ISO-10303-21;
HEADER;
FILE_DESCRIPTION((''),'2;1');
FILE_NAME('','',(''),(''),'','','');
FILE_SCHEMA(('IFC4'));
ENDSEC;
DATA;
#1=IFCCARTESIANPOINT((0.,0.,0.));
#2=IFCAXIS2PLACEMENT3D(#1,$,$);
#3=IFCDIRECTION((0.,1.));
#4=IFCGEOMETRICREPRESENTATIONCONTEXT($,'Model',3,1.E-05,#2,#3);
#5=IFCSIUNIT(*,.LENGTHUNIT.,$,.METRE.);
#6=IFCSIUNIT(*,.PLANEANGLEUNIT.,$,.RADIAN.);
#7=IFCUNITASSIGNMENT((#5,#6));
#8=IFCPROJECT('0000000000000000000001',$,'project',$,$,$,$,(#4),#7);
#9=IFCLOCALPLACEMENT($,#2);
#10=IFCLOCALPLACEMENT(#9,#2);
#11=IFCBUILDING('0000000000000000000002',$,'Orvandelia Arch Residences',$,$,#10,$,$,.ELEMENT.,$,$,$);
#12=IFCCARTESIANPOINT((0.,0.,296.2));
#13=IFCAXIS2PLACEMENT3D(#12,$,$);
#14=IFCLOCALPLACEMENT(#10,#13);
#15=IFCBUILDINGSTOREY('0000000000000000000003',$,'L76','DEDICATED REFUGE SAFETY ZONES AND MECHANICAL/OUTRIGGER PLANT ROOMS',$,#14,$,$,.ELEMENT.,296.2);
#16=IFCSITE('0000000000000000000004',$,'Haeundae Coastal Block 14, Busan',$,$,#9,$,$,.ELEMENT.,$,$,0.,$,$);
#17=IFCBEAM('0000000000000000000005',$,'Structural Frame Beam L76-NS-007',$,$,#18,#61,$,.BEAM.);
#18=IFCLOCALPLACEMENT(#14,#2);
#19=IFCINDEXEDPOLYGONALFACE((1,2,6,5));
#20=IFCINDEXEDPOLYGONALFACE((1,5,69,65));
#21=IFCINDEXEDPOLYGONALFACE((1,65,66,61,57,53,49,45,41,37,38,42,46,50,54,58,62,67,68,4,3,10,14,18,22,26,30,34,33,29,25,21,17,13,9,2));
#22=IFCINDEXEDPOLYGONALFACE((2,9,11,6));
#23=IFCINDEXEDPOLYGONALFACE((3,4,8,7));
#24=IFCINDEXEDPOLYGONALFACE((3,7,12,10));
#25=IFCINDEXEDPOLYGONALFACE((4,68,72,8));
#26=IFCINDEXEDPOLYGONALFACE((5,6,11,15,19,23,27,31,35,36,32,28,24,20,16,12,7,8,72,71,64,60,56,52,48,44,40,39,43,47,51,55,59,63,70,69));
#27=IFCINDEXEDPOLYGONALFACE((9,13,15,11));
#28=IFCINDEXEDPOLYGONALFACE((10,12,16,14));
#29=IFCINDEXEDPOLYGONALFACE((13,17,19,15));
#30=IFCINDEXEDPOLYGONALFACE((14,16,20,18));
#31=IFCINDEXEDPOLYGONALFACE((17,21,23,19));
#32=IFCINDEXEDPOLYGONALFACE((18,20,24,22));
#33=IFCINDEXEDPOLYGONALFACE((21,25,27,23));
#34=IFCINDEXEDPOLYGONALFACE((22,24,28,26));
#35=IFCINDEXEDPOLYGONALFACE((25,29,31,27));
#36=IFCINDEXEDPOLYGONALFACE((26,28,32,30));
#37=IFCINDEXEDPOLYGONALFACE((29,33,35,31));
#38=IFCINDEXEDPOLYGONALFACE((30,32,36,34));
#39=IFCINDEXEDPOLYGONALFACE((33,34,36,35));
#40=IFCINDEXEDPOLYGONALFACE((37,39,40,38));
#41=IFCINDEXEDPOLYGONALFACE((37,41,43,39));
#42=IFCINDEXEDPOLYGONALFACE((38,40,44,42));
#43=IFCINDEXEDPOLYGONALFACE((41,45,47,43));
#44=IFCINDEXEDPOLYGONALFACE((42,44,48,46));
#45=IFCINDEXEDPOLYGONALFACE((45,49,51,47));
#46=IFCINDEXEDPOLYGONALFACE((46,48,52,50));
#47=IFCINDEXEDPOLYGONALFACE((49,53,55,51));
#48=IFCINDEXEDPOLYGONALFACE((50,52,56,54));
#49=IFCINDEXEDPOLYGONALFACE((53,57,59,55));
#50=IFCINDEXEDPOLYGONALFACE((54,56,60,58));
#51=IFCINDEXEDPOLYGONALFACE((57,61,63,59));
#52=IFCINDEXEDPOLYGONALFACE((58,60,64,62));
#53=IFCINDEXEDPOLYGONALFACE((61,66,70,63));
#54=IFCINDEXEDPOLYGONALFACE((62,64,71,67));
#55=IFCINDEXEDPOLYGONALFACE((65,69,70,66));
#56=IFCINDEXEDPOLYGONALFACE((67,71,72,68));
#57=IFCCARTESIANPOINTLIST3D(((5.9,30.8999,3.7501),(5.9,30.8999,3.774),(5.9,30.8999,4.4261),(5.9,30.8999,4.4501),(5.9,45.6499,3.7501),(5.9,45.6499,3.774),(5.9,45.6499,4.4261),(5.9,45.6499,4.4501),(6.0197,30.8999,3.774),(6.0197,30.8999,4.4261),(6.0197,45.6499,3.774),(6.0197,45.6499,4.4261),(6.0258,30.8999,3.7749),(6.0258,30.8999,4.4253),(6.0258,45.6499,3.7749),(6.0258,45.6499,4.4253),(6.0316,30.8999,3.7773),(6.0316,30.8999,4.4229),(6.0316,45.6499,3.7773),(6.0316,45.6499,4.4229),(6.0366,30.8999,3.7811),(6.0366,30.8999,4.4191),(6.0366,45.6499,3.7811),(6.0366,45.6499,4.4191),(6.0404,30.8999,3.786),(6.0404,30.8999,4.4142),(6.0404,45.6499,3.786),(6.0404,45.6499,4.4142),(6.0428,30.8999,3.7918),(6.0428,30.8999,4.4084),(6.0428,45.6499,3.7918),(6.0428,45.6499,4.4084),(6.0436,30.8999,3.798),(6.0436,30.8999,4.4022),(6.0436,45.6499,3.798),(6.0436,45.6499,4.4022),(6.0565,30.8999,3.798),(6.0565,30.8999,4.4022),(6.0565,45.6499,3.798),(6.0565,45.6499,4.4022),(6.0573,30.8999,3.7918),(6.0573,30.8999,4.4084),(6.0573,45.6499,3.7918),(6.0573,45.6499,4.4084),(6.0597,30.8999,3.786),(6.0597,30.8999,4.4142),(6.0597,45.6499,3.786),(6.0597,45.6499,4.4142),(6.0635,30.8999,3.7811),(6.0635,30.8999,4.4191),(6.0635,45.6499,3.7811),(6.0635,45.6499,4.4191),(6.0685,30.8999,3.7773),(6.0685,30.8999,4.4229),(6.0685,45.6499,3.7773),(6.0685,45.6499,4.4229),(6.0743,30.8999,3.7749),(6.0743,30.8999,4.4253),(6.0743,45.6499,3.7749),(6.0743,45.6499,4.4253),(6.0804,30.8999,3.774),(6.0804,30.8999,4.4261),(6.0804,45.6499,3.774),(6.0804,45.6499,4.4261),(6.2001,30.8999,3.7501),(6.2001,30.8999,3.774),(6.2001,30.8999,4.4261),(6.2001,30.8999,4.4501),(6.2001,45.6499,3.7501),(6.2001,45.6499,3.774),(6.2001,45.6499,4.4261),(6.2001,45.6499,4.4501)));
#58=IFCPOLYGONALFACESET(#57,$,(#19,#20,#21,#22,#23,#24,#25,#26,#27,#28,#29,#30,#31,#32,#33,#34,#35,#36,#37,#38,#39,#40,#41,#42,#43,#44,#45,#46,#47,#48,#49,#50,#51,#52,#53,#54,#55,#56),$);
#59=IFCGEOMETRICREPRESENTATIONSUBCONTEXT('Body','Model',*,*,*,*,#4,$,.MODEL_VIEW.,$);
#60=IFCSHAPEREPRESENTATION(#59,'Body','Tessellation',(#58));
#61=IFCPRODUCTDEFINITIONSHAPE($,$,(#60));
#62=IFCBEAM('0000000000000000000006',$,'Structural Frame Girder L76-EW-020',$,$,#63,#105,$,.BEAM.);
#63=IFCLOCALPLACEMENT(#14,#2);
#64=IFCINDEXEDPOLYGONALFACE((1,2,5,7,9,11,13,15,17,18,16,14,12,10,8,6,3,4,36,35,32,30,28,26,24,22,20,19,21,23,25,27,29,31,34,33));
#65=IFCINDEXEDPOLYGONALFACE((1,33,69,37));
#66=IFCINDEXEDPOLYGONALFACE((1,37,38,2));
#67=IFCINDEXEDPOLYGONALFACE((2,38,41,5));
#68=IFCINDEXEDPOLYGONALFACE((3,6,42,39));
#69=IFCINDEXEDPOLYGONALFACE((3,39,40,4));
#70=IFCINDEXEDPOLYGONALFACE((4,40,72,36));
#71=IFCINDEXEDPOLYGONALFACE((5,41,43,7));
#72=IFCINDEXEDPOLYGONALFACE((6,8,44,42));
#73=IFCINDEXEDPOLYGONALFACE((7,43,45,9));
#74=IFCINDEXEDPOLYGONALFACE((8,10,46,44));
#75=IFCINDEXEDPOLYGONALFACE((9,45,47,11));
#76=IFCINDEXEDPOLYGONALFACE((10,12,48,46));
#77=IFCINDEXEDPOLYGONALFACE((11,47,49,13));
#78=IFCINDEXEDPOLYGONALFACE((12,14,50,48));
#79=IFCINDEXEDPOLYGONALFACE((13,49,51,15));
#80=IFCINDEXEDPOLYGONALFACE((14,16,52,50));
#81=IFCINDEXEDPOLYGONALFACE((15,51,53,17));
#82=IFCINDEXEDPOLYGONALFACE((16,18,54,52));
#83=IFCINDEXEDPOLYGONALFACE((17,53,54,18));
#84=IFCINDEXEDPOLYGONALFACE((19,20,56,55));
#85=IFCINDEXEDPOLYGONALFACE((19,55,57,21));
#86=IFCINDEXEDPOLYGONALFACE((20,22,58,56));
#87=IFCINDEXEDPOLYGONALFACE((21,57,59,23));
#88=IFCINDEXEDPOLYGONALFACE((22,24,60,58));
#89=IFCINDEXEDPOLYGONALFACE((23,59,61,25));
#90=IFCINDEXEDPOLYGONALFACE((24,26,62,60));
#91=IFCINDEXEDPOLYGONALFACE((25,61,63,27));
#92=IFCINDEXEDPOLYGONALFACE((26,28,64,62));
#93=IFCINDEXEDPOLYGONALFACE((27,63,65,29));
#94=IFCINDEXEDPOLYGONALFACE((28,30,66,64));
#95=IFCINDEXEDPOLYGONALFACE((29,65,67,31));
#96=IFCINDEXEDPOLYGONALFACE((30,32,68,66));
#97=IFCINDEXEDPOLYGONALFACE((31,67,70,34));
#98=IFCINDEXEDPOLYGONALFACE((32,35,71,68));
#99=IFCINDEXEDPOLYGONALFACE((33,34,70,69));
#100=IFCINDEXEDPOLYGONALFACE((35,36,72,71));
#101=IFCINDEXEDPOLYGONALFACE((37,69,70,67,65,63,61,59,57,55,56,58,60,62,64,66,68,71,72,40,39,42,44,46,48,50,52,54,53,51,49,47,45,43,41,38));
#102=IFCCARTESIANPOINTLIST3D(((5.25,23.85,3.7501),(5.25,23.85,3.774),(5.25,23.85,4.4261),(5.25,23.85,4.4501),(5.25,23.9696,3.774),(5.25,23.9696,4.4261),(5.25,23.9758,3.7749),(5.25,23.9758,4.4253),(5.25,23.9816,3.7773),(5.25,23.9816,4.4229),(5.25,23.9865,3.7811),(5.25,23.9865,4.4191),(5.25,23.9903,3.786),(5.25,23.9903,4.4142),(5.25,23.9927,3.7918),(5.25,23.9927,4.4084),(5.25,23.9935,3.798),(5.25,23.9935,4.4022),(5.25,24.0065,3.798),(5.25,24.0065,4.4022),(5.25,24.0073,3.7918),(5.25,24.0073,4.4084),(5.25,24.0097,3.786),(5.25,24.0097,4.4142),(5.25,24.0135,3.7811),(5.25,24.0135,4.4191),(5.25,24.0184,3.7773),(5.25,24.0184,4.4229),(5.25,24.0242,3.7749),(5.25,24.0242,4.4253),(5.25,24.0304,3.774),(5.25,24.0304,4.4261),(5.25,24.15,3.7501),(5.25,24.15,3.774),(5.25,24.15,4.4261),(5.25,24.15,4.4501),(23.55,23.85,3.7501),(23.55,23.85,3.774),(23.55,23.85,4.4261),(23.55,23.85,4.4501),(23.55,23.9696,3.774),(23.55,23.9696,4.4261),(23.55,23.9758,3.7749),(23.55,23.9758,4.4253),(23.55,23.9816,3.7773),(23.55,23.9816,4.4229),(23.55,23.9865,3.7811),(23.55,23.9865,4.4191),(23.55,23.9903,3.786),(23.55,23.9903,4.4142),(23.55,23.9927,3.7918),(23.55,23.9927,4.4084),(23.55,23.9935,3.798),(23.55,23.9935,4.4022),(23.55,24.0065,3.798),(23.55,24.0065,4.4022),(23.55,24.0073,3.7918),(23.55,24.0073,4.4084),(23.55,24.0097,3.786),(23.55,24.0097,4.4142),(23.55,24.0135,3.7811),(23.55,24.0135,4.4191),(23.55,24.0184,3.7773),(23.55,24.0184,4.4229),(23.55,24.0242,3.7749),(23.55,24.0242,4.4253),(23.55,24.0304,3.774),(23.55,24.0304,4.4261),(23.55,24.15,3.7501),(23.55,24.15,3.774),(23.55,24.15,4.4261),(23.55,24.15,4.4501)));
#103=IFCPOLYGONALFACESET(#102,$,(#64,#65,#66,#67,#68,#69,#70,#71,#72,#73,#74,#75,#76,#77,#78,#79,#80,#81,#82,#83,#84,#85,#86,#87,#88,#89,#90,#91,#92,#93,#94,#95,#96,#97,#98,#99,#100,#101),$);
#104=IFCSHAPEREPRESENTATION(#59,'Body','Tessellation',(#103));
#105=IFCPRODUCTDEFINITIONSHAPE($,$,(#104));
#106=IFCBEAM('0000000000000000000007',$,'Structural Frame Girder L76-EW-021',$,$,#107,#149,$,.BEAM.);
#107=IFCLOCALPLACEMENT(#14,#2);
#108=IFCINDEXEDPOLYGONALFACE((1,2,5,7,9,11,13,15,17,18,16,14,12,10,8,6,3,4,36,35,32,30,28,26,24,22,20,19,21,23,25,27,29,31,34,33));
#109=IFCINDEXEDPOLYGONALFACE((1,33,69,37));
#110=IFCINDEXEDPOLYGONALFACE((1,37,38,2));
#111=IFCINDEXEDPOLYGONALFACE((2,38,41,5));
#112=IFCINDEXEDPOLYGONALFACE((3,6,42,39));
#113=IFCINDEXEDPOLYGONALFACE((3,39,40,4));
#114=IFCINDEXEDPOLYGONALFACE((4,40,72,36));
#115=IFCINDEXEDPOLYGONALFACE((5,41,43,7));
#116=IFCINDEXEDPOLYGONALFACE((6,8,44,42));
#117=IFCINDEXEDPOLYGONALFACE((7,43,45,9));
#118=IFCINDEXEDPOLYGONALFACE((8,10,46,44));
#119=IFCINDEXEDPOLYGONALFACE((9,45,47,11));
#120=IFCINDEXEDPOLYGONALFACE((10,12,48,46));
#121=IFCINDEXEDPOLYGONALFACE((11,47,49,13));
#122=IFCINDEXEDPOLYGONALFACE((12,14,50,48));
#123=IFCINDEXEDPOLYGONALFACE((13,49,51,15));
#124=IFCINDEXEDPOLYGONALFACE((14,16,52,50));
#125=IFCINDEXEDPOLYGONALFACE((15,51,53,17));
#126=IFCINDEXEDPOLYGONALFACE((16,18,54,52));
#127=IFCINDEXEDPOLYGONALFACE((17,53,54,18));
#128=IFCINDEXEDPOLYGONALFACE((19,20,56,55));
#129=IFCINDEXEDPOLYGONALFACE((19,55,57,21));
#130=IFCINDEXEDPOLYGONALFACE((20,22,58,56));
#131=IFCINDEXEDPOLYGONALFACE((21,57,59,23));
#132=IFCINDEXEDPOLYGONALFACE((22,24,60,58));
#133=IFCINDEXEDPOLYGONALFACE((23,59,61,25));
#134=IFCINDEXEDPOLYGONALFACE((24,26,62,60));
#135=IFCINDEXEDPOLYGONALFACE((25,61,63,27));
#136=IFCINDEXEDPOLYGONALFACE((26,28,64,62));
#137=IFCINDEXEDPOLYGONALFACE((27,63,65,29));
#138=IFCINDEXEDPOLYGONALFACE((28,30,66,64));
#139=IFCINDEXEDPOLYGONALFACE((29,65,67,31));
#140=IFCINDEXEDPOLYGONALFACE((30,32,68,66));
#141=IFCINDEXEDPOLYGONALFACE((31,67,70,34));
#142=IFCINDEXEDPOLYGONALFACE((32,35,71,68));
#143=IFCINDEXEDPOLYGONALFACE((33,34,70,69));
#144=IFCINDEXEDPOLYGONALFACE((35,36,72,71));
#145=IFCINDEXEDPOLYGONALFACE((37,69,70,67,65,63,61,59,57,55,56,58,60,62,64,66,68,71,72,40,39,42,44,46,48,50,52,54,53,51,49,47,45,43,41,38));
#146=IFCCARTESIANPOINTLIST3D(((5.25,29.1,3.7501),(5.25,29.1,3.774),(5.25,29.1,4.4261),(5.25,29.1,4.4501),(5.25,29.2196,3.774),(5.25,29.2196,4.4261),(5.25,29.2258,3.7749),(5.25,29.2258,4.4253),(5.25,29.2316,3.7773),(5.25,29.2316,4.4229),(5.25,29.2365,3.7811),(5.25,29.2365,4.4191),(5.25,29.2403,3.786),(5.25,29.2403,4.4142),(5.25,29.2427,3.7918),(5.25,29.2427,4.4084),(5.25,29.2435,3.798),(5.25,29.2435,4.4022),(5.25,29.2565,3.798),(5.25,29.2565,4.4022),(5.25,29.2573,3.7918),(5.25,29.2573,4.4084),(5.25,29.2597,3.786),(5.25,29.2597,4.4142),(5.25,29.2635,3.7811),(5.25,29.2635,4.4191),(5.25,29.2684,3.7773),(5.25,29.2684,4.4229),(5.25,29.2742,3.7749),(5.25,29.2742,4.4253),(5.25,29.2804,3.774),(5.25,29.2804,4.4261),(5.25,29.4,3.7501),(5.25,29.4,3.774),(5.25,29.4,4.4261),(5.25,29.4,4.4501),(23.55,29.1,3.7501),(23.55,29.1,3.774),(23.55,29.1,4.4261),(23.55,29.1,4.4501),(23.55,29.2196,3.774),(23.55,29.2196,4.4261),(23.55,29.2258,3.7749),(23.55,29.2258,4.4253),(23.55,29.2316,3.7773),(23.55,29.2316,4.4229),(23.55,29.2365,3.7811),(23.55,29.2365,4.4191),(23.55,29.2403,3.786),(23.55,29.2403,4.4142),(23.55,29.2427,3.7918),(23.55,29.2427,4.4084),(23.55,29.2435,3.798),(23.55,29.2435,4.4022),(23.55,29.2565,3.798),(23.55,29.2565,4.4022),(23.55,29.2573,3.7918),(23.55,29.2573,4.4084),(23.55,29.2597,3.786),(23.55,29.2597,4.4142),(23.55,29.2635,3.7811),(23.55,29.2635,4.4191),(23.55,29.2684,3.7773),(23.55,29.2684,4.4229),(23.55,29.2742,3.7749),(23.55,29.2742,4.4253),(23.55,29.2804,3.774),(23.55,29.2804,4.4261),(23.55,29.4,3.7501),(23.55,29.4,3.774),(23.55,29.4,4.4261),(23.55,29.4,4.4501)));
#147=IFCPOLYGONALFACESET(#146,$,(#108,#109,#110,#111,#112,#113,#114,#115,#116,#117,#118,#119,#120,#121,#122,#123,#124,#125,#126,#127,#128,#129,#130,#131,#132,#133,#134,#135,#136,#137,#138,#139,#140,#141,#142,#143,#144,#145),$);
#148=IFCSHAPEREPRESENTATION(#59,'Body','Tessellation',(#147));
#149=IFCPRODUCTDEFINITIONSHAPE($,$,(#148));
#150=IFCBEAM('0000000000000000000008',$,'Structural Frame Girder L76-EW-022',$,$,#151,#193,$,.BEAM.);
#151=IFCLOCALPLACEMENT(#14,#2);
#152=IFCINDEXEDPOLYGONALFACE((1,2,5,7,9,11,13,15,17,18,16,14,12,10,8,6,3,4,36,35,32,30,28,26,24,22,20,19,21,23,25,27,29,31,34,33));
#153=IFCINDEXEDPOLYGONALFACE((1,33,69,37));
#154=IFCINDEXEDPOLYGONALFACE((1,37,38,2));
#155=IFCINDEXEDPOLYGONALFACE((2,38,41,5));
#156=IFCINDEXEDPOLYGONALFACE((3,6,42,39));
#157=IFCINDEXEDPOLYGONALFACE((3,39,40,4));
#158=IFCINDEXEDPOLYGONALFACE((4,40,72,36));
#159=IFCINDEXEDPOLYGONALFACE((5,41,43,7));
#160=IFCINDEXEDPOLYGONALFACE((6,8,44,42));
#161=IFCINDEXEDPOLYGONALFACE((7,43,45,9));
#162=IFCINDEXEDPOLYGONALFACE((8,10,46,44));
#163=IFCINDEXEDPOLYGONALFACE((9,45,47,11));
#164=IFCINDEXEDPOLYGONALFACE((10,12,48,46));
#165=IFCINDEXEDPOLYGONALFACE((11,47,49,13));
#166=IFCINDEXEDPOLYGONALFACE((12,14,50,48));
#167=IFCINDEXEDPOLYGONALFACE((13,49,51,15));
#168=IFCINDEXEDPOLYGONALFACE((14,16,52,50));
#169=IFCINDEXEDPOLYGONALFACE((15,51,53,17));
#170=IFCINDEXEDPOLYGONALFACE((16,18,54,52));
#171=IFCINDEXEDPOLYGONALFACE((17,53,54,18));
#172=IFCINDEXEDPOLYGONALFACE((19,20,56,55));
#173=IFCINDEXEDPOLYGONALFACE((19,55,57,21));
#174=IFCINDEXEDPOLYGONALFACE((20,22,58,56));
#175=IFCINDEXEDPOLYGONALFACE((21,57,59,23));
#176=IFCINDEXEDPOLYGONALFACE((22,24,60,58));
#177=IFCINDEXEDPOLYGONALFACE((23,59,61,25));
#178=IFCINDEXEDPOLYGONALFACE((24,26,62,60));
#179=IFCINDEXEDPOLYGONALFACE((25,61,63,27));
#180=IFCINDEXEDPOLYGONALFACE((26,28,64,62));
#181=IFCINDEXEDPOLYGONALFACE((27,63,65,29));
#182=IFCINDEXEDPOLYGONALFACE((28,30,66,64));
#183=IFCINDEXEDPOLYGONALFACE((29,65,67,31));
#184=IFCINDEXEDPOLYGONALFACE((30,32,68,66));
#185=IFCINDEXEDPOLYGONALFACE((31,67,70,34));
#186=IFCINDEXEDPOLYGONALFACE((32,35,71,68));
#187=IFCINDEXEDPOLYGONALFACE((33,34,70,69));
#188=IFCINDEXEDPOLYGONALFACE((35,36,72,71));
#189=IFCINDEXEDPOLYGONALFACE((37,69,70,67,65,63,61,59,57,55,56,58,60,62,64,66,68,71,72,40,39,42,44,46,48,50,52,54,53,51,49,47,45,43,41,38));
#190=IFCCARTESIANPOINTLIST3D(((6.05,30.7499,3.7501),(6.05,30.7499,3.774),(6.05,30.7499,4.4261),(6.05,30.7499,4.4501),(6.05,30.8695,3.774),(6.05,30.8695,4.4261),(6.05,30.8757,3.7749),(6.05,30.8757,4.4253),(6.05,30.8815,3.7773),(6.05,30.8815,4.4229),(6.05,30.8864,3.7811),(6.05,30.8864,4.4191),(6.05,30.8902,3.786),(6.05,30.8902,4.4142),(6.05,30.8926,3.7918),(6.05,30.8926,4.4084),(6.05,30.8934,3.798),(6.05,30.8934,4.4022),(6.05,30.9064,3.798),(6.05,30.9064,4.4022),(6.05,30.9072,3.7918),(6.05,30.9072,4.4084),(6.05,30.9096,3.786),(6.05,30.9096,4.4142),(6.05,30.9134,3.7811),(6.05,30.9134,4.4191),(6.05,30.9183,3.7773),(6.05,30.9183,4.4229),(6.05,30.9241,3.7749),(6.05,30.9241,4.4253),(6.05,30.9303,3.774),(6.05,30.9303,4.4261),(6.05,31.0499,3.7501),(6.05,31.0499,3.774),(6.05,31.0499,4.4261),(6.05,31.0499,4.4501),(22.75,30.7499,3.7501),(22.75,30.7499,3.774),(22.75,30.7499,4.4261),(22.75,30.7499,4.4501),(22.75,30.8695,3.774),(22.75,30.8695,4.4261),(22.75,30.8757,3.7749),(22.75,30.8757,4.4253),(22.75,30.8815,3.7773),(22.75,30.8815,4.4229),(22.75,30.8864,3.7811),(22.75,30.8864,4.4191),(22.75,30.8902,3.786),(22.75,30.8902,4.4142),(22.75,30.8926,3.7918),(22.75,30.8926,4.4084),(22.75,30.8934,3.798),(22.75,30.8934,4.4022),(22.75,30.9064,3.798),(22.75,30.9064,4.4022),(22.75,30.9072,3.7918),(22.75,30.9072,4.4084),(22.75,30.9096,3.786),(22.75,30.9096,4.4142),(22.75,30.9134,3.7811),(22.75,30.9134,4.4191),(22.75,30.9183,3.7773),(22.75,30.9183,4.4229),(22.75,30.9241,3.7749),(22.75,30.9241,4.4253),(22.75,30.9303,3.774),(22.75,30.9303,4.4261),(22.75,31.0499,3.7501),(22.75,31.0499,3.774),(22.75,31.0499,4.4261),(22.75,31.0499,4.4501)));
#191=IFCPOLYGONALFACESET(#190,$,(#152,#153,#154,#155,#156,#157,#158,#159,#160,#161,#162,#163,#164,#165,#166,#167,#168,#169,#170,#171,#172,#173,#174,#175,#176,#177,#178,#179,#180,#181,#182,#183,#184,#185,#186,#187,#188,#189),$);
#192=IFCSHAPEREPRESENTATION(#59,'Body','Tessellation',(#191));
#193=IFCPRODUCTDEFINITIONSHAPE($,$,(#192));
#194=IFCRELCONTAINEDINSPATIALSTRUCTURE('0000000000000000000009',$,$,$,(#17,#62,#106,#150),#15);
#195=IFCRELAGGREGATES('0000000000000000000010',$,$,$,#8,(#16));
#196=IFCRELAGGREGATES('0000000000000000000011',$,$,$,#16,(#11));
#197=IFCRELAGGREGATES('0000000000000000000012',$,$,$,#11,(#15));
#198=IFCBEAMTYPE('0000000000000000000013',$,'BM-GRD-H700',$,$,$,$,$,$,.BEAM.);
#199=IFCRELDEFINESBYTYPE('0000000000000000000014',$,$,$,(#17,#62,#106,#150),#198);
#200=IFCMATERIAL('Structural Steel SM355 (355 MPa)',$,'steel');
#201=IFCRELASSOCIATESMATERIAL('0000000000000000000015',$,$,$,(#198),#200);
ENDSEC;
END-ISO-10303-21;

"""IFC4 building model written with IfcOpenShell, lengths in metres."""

from ifc_helpers import new_model, si_unit, direction, frame, origin, origin_2d, place, context, subcontext, project, spatial, i_section, extrude, material, material_profile, profile_set, type_object, element, save


model = new_model("IFC4")

# Units and contexts
model_context = context("Model", 3, precision=1e-05, world=origin(), true_north=direction((0.0, 1.0)))
body_context = subcontext(model_context, "Body", "Model", "MODEL_VIEW")
ifc_project = project(units=[si_unit("LENGTHUNIT", "METRE"), si_unit("PLANEANGLEUNIT", "RADIAN")], contexts=[model_context])

# Site, building, storey
site_placement = place(None, origin())
site = spatial("IfcSite", under=ifc_project, at=site_placement, Name="Haeundae Coastal Block 14, Busan", CompositionType="ELEMENT", RefElevation=0.0)
building_placement = place(site_placement, origin())
building = spatial("IfcBuilding", under=site, at=building_placement, Name="Orvandelia Arch Residences", CompositionType="ELEMENT")
storey_placement = place(building_placement, frame((0.0, 0.0, 296.2)))
storey = spatial("IfcBuildingStorey", under=building, at=storey_placement, Name="L76", Description="DEDICATED REFUGE SAFETY ZONES AND MECHANICAL/OUTRIGGER PLANT ROOMS", CompositionType="ELEMENT", Elevation=296.2)

# Beams
ifc_material_1 = material(Name="Structural Steel SM355 (355 MPa)", Category="steel")
ifc_material_profile_1 = material_profile(ifc_material_1, i_section(OverallWidth=0.3, OverallDepth=0.7, WebThickness=0.0129, FlangeThickness=0.0239, FilletRadius=0.0239, at=origin_2d()), Name="Structural Steel SM355 (355 MPa)", Category="steel")
ifc_profile_set_1 = profile_set([ifc_material_profile_1], Name="Structural Steel SM355 (355 MPa)")
beam_type_1 = type_object("IfcBeamType", Name="BM-GRD-H700", PredefinedType="BEAM", material=ifc_profile_set_1)
beam_1_placement = place(storey_placement, frame((6.05, 30.8999, 4.1001), z_axis=(0.0, 1.0, 0.0), x_axis=(-1.0, 0.0, 0.0)))
element("IfcBeam", 1, at=beam_1_placement, inside=storey, type_object=beam_type_1, Name="Structural Frame Beam L76-NS-007", PredefinedType="BEAM", context=body_context, shape_type="SweptSolid", body=[
    extrude(i_section(OverallWidth=0.3, OverallDepth=0.7, WebThickness=0.0129, FlangeThickness=0.0239, FilletRadius=0.0239, at=origin_2d()), origin(), (0.0, 0.0, 1.0), 14.75),
])
for number, where, z_axis, x_axis, name in (
    (2, (5.25, 24.0, 4.1001), (1.0, 0.0, 0.0), (0.0, 1.0, 0.0), "Structural Frame Girder L76-EW-020"),
    (3, (5.25, 29.25, 4.1001), (1.0, 0.0, 0.0), (0.0, 1.0, 0.0), "Structural Frame Girder L76-EW-021"),
):
    element("IfcBeam", number, at=place(storey_placement, frame(where, z_axis=z_axis, x_axis=x_axis)), inside=storey, type_object=beam_type_1, Name=name, PredefinedType="BEAM", context=body_context, shape_type="SweptSolid", body=[
        extrude(i_section(OverallWidth=0.3, OverallDepth=0.7, WebThickness=0.0129, FlangeThickness=0.0239, FilletRadius=0.0239, at=origin_2d()), origin(), (0.0, 0.0, 1.0), 18.3),
    ])
beam_2_placement = place(storey_placement, frame((6.05, 30.8999, 4.1001), z_axis=(1.0, 0.0, 0.0), x_axis=(0.0, 1.0, 0.0)))
element("IfcBeam", 4, at=beam_2_placement, inside=storey, type_object=beam_type_1, Name="Structural Frame Girder L76-EW-022", PredefinedType="BEAM", context=body_context, shape_type="SweptSolid", body=[
    extrude(i_section(OverallWidth=0.3, OverallDepth=0.7, WebThickness=0.0129, FlangeThickness=0.0239, FilletRadius=0.0239, at=origin_2d()), origin(), (0.0, 0.0, 1.0), 16.7),
])

save(model, "model.ifc")
